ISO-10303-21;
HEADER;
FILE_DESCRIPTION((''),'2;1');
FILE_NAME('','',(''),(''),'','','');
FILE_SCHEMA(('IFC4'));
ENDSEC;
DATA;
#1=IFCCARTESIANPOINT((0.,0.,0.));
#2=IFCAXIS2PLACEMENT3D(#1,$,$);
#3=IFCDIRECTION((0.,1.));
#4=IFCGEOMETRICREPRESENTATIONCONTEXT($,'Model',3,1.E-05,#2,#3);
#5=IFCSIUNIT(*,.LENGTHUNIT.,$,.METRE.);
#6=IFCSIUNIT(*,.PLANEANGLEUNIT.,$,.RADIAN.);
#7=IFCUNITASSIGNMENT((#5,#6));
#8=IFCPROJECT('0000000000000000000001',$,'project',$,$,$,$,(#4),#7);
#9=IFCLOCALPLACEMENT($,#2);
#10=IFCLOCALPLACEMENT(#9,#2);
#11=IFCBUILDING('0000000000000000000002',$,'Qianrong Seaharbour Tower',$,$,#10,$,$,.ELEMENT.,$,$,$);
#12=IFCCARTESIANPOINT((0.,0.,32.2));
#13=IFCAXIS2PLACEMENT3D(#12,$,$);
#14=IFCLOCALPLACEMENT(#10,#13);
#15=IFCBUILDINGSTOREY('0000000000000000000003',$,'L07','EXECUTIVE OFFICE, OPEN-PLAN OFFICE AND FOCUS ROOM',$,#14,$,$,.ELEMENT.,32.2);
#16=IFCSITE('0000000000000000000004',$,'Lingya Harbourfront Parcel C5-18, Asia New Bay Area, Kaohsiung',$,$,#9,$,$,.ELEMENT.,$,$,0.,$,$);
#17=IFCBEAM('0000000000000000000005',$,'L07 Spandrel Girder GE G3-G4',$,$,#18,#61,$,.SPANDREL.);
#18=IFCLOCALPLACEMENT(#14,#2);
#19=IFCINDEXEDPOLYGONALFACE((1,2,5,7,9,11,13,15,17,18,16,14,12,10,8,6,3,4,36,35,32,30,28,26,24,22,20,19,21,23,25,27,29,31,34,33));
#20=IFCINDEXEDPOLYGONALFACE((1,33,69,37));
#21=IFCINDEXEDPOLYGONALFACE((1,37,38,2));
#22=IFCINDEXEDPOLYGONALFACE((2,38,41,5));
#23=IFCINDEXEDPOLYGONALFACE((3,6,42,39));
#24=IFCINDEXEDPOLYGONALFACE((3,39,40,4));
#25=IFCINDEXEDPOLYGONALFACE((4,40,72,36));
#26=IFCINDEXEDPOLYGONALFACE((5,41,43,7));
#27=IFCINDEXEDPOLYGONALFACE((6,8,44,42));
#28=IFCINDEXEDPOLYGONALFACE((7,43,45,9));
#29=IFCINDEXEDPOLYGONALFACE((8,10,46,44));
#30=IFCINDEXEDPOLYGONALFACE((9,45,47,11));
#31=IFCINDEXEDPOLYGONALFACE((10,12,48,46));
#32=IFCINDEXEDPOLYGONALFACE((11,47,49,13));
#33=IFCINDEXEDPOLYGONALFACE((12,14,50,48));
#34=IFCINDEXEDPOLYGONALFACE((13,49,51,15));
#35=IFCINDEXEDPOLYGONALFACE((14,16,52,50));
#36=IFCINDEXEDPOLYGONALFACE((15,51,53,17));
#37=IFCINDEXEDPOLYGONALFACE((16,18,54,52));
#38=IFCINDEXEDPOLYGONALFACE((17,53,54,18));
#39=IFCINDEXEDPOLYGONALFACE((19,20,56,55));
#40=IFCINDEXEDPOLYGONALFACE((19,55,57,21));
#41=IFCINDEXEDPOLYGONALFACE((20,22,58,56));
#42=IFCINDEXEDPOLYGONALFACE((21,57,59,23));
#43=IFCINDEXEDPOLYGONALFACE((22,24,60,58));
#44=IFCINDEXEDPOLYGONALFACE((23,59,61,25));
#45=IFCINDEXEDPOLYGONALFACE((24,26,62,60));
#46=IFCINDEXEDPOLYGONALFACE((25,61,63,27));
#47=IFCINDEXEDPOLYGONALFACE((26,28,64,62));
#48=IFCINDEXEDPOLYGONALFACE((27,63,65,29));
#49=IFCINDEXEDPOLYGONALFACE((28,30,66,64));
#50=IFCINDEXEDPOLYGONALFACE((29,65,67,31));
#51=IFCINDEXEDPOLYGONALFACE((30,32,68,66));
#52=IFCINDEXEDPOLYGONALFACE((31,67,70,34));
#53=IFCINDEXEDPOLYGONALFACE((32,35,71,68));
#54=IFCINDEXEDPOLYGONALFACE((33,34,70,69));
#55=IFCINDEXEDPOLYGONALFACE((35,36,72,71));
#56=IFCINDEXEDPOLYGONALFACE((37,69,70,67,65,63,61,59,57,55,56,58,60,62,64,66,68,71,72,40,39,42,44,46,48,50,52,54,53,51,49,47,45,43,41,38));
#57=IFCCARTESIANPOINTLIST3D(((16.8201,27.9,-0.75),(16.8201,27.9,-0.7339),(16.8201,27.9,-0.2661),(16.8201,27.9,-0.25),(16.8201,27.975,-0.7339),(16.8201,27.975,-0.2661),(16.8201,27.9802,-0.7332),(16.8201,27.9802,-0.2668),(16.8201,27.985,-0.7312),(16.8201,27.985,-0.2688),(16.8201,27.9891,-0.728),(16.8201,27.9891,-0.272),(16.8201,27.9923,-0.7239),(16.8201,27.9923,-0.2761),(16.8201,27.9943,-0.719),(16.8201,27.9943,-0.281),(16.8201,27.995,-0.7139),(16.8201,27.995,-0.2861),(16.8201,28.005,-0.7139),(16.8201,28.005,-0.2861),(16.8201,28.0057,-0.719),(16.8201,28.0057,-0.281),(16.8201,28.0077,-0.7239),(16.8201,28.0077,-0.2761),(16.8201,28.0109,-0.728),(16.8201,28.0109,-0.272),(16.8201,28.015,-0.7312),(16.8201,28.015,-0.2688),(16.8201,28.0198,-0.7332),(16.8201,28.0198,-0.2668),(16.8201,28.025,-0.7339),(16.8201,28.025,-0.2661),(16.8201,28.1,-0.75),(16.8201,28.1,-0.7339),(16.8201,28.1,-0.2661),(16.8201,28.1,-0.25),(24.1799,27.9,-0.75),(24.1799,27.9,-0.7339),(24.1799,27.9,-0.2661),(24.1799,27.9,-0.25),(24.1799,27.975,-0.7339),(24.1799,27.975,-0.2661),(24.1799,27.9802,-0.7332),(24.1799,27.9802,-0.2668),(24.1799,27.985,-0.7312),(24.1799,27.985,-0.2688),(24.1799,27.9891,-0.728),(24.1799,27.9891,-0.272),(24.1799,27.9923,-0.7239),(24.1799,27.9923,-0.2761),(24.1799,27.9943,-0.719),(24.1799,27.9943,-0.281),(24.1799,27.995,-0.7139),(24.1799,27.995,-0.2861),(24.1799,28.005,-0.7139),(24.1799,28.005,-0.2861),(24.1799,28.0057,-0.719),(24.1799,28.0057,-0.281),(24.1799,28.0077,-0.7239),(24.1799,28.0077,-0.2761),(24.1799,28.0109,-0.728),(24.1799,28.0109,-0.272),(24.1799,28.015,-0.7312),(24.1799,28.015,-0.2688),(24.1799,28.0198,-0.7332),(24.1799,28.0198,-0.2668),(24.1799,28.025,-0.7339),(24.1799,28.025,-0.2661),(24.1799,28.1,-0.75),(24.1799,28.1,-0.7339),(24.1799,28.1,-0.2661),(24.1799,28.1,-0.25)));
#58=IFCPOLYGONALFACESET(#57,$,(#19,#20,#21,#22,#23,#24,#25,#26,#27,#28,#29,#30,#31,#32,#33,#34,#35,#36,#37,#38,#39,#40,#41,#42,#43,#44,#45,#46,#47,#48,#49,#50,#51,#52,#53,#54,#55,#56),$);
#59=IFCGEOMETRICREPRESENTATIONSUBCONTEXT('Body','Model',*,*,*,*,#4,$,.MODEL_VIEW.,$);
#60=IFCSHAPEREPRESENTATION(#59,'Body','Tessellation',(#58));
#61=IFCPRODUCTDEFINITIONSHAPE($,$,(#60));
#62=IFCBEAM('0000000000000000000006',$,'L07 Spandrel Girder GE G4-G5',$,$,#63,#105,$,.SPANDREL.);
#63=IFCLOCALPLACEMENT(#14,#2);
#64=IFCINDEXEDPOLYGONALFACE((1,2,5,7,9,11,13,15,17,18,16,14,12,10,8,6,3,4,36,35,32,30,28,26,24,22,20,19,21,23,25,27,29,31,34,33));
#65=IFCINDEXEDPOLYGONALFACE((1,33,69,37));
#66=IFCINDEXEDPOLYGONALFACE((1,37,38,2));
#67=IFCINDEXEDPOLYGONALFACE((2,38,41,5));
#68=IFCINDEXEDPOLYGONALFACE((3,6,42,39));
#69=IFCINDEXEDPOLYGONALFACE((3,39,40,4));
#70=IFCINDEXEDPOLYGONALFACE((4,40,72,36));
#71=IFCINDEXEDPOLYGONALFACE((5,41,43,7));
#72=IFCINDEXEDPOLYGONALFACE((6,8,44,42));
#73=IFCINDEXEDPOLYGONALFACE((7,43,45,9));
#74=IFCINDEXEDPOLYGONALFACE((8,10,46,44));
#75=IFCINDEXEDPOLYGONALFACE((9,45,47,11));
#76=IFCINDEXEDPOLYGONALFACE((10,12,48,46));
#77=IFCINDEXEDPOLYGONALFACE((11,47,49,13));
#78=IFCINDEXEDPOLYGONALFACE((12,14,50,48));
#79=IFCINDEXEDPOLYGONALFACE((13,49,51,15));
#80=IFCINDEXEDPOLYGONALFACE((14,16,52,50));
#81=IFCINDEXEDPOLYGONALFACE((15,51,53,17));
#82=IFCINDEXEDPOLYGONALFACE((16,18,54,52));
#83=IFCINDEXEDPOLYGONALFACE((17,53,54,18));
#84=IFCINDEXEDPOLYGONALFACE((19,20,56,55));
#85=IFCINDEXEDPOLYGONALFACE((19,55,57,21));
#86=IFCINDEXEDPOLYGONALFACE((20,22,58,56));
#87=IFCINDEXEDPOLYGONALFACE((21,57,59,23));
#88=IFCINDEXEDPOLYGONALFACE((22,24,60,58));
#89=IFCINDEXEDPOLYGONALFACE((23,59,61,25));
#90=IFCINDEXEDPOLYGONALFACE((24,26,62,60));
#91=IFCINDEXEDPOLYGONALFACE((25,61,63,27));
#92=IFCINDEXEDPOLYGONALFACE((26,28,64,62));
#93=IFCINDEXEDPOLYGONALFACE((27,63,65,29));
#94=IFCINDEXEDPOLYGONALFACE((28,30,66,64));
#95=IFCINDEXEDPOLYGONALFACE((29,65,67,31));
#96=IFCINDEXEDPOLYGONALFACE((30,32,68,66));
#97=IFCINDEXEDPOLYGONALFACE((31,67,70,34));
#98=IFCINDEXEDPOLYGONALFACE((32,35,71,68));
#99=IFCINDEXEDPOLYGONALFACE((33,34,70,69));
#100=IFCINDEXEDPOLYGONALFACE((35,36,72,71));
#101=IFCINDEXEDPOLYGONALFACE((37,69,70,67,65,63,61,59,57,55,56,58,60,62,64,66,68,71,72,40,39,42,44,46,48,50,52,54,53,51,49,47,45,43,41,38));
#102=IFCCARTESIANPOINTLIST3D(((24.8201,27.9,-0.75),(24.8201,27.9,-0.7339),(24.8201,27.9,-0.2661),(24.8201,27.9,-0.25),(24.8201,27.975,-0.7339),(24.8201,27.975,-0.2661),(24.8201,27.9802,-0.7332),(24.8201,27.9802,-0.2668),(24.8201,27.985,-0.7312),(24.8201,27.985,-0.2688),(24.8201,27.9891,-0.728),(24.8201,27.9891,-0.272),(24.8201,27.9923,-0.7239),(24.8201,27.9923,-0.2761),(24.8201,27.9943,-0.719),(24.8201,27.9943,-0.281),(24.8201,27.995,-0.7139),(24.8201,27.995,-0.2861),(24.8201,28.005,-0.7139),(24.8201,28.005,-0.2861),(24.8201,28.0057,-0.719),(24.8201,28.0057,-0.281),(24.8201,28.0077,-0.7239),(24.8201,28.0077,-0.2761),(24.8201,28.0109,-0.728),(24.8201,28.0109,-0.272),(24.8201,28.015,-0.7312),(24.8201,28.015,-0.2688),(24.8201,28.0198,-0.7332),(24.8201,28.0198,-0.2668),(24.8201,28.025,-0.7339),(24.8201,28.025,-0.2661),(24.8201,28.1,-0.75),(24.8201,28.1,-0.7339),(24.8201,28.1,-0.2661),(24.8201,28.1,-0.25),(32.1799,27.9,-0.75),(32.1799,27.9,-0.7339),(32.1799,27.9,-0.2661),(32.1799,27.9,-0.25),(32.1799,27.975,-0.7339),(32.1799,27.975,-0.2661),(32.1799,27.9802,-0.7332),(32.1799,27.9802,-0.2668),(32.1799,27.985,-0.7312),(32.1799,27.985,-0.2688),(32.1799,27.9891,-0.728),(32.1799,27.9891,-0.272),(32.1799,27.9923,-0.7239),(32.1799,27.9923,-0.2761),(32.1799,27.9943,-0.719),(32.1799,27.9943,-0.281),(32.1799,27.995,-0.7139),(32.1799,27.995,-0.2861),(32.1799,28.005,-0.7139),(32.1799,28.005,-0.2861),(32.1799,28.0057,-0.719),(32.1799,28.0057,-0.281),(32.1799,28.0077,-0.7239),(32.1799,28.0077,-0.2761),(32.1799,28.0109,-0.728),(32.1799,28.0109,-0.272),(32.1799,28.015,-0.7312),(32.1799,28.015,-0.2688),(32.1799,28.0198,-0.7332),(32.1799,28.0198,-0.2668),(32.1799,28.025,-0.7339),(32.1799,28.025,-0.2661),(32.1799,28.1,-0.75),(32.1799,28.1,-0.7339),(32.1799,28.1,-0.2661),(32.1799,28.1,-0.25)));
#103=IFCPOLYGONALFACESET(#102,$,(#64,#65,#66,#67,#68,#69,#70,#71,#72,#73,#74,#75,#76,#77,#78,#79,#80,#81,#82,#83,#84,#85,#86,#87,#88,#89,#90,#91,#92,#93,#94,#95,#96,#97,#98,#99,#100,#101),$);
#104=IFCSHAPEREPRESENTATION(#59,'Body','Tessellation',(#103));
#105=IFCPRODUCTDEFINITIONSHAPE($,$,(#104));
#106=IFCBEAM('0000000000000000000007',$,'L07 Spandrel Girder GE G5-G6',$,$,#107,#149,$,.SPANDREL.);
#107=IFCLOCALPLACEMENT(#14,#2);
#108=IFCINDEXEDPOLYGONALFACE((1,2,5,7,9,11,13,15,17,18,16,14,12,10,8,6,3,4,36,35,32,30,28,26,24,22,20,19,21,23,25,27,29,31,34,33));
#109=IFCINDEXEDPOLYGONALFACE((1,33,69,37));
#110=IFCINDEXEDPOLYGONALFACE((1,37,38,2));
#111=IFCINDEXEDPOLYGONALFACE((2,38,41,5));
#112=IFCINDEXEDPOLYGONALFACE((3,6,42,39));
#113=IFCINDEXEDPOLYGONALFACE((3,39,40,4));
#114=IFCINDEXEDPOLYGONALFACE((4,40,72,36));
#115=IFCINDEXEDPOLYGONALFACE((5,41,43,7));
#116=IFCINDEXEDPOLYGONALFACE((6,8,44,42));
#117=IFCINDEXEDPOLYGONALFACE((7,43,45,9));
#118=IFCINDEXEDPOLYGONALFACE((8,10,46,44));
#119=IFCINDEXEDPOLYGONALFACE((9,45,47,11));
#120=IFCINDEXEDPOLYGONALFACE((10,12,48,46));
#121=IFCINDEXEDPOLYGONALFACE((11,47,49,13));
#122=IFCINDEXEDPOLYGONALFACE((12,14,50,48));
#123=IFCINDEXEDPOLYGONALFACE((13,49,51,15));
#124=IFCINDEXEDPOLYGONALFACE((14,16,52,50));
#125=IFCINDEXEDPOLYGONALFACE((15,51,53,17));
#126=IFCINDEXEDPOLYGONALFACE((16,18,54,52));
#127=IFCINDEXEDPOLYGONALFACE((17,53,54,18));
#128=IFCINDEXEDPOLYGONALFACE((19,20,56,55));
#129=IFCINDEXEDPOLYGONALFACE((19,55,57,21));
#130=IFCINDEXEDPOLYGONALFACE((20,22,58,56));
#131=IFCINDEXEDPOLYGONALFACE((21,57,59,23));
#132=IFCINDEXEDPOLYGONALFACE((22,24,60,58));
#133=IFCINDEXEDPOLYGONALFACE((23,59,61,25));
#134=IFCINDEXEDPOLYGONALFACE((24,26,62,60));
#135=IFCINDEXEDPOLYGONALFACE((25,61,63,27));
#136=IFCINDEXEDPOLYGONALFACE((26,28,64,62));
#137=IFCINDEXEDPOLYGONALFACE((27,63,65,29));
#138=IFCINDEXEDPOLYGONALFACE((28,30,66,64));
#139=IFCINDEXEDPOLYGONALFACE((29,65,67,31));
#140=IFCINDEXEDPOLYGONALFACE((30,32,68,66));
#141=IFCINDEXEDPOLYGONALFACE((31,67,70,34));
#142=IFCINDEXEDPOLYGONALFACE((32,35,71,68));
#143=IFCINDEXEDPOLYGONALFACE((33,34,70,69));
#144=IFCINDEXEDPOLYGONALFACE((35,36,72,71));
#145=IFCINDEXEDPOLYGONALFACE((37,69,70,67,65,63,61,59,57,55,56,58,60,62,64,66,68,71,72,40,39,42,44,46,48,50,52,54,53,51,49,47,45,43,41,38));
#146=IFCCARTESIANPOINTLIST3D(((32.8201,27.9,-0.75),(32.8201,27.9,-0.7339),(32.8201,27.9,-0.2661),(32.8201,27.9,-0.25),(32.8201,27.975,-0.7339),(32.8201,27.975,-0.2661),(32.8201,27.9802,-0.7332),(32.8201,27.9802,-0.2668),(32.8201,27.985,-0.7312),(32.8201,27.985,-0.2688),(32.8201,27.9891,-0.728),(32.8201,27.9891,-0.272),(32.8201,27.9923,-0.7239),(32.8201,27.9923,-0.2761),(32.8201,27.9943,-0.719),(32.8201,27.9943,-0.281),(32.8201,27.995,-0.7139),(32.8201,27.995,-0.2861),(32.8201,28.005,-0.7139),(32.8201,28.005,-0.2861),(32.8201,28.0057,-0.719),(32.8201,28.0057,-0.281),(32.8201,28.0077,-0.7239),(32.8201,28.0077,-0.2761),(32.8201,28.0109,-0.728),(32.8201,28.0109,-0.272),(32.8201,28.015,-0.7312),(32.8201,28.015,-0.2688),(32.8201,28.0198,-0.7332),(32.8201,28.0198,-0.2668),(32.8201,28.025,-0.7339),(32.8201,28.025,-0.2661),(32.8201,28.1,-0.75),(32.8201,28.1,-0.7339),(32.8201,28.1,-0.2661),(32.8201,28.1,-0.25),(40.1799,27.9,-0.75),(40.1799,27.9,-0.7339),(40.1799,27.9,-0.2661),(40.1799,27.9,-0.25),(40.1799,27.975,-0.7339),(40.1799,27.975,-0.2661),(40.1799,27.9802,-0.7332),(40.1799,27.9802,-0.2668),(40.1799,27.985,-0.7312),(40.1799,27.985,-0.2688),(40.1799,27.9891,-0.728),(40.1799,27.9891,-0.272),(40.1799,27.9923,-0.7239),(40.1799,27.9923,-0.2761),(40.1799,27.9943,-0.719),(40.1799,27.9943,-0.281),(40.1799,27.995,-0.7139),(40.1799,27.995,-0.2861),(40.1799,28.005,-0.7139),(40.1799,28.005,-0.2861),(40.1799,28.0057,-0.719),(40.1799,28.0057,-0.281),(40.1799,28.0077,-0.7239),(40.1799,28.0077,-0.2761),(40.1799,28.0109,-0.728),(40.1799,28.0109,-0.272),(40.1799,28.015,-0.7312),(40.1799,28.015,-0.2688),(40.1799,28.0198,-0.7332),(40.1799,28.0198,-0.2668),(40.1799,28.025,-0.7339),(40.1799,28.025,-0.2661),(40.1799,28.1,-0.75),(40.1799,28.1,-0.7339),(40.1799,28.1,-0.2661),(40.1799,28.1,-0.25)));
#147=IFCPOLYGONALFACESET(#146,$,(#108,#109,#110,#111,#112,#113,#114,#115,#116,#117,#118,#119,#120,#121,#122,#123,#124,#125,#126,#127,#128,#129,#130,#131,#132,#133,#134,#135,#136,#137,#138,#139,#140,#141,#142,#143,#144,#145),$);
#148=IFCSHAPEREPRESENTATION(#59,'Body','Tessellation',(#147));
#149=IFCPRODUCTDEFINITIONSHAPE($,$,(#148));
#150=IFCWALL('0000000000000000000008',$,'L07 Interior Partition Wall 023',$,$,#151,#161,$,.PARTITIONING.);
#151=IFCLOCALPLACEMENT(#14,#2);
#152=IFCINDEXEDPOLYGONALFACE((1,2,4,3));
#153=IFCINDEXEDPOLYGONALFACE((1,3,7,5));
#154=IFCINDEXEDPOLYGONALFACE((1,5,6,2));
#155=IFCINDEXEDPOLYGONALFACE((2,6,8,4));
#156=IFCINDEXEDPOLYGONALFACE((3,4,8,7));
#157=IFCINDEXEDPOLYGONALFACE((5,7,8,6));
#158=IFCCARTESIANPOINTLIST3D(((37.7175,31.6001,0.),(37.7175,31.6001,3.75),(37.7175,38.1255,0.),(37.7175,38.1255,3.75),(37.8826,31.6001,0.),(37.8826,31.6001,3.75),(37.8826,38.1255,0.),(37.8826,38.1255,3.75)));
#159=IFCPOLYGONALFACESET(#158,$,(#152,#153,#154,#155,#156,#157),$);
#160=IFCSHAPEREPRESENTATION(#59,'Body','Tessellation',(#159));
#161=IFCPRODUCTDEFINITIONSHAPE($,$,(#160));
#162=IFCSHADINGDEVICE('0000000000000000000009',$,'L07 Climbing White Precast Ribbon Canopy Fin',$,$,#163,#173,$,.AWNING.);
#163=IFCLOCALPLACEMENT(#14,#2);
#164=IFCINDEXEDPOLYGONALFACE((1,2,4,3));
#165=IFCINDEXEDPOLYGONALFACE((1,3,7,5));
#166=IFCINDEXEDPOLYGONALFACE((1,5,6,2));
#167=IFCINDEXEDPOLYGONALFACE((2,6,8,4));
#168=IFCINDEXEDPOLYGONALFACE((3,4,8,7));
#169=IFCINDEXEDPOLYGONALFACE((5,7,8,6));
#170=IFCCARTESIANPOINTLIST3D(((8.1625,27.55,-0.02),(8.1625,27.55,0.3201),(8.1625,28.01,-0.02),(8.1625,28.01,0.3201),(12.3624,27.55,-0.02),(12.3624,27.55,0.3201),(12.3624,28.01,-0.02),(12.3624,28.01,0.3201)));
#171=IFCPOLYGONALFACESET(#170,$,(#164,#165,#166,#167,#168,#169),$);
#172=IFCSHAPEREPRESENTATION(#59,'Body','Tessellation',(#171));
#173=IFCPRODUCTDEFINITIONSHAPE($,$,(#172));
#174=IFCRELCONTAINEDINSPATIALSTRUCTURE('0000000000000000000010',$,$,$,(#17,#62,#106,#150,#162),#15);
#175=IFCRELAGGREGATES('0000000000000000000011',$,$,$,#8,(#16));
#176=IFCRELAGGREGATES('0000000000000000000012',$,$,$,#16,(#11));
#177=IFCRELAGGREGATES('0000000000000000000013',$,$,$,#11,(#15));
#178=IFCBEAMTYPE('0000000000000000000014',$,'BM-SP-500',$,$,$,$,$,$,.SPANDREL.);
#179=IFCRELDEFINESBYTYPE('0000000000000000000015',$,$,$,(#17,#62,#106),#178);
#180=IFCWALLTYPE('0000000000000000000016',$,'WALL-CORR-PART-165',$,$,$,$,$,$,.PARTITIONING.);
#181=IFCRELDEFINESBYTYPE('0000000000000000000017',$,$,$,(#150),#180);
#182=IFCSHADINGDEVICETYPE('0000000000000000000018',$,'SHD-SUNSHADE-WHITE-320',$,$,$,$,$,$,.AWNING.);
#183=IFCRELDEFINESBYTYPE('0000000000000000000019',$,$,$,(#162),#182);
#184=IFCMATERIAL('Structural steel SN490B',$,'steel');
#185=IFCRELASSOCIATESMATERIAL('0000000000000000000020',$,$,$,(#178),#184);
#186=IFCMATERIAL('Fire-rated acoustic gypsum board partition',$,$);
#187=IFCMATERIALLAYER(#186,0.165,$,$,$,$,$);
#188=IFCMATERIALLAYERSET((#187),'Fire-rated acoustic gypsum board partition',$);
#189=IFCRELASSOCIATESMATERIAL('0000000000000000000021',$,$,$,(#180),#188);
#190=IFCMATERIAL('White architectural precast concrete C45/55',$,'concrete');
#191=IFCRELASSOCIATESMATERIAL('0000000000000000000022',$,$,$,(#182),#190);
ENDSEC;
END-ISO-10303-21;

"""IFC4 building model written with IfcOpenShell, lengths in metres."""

from ifc_helpers import new_model, si_unit, direction, frame, frame_2d, origin, origin_2d, place, context, subcontext, project, spatial, rectangle, i_section, extrude, material, layer, layer_set, material_profile, profile_set, type_object, element, save


model = new_model("IFC4")

# Units and contexts
model_context = context("Model", 3, precision=1e-05, world=origin(), true_north=direction((0.0, 1.0)))
body_context = subcontext(model_context, "Body", "Model", "MODEL_VIEW")
ifc_project = project(units=[si_unit("LENGTHUNIT", "METRE"), si_unit("PLANEANGLEUNIT", "RADIAN")], contexts=[model_context])

# Site, building, storey
site_placement = place(None, origin())
site = spatial("IfcSite", under=ifc_project, at=site_placement, Name="Lingya Harbourfront Parcel C5-18, Asia New Bay Area, Kaohsiung", CompositionType="ELEMENT", RefElevation=0.0)
building_placement = place(site_placement, origin())
building = spatial("IfcBuilding", under=site, at=building_placement, Name="Qianrong Seaharbour Tower", CompositionType="ELEMENT")
storey_placement = place(building_placement, frame((0.0, 0.0, 32.2)))
storey = spatial("IfcBuildingStorey", under=building, at=storey_placement, Name="L07", Description="EXECUTIVE OFFICE, OPEN-PLAN OFFICE AND FOCUS ROOM", CompositionType="ELEMENT", Elevation=32.2)

# Shared definitions
ifc_material_1 = material(Name="Structural steel SN490B", Category="steel")

# Beams
ifc_material_profile_1 = material_profile(ifc_material_1, i_section(OverallWidth=0.2, OverallDepth=0.5, WebThickness=0.01, FlangeThickness=0.0161, FilletRadius=0.02, at=origin_2d()), Name="H500x200x10x16")
ifc_profile_set_1 = profile_set([ifc_material_profile_1], Name="Structural steel SN490B")
beam_type_1 = type_object("IfcBeamType", Name="BM-SP-500", PredefinedType="SPANDREL", material=ifc_profile_set_1)
for number, where, z_axis, x_axis, name in (
    (1, (16.8201, 28.0, -0.5), (1.0, 0.0, 0.0), (0.0, 1.0, 0.0), "L07 Spandrel Girder GE G3-G4"),
    (2, (24.8201, 28.0, -0.5), (1.0, 0.0, 0.0), (0.0, 1.0, 0.0), "L07 Spandrel Girder GE G4-G5"),
    (3, (32.8201, 28.0, -0.5), (1.0, 0.0, 0.0), (0.0, 1.0, 0.0), "L07 Spandrel Girder GE G5-G6"),
):
    element("IfcBeam", number, at=place(storey_placement, frame(where, z_axis=z_axis, x_axis=x_axis)), inside=storey, type_object=beam_type_1, Name=name, PredefinedType="SPANDREL", context=body_context, shape_type="SweptSolid", body=[
        extrude(i_section(OverallWidth=0.2, OverallDepth=0.5, WebThickness=0.01, FlangeThickness=0.0161, FilletRadius=0.02, at=origin_2d()), origin(), (0.0, 0.0, 1.0), 7.3599),
    ])

# Wall
ifc_material_2 = material(Name="Fire-rated acoustic gypsum board partition")
ifc_layer = layer(ifc_material_2, 0.165)
ifc_layer_set = layer_set([ifc_layer], Name="Fire-rated acoustic gypsum board partition")
wall_type = type_object("IfcWallType", Name="WALL-CORR-PART-165", PredefinedType="PARTITIONING", material=ifc_layer_set)
wall_placement = place(storey_placement, frame((37.8, 31.6001, 0.0), z_axis=(0.0, 0.0, 1.0), x_axis=(0.0, 1.0, 0.0)))
element("IfcWall", 4, at=wall_placement, inside=storey, type_object=wall_type, Name="L07 Interior Partition Wall 023", PredefinedType="PARTITIONING", context=body_context, shape_type="SweptSolid", body=[
    extrude(rectangle(XDim=6.5254, YDim=0.165, at=frame_2d((3.2627, 0.0))), origin(), (0.0, 0.0, 1.0), 3.75),
])

# Shading device
ifc_material_3 = material(Name="White architectural precast concrete C45/55", Category="concrete")
shading_device_type = type_object("IfcShadingDeviceType", Name="SHD-SUNSHADE-WHITE-320", PredefinedType="AWNING", material=ifc_material_3)
shading_device_placement = place(storey_placement, frame((10.2625, 27.78, -0.02), z_axis=(0.0, 0.0, 1.0), x_axis=(1.0, 0.0, 0.0)))
element("IfcShadingDevice", 5, at=shading_device_placement, inside=storey, type_object=shading_device_type, Name="L07 Climbing White Precast Ribbon Canopy Fin", PredefinedType="AWNING", context=body_context, shape_type="SweptSolid", body=[
    extrude(rectangle(XDim=4.2, YDim=0.46, at=origin_2d()), origin(), (0.0, 0.0, 1.0), 0.3401),
])

save(model, "model.ifc")
